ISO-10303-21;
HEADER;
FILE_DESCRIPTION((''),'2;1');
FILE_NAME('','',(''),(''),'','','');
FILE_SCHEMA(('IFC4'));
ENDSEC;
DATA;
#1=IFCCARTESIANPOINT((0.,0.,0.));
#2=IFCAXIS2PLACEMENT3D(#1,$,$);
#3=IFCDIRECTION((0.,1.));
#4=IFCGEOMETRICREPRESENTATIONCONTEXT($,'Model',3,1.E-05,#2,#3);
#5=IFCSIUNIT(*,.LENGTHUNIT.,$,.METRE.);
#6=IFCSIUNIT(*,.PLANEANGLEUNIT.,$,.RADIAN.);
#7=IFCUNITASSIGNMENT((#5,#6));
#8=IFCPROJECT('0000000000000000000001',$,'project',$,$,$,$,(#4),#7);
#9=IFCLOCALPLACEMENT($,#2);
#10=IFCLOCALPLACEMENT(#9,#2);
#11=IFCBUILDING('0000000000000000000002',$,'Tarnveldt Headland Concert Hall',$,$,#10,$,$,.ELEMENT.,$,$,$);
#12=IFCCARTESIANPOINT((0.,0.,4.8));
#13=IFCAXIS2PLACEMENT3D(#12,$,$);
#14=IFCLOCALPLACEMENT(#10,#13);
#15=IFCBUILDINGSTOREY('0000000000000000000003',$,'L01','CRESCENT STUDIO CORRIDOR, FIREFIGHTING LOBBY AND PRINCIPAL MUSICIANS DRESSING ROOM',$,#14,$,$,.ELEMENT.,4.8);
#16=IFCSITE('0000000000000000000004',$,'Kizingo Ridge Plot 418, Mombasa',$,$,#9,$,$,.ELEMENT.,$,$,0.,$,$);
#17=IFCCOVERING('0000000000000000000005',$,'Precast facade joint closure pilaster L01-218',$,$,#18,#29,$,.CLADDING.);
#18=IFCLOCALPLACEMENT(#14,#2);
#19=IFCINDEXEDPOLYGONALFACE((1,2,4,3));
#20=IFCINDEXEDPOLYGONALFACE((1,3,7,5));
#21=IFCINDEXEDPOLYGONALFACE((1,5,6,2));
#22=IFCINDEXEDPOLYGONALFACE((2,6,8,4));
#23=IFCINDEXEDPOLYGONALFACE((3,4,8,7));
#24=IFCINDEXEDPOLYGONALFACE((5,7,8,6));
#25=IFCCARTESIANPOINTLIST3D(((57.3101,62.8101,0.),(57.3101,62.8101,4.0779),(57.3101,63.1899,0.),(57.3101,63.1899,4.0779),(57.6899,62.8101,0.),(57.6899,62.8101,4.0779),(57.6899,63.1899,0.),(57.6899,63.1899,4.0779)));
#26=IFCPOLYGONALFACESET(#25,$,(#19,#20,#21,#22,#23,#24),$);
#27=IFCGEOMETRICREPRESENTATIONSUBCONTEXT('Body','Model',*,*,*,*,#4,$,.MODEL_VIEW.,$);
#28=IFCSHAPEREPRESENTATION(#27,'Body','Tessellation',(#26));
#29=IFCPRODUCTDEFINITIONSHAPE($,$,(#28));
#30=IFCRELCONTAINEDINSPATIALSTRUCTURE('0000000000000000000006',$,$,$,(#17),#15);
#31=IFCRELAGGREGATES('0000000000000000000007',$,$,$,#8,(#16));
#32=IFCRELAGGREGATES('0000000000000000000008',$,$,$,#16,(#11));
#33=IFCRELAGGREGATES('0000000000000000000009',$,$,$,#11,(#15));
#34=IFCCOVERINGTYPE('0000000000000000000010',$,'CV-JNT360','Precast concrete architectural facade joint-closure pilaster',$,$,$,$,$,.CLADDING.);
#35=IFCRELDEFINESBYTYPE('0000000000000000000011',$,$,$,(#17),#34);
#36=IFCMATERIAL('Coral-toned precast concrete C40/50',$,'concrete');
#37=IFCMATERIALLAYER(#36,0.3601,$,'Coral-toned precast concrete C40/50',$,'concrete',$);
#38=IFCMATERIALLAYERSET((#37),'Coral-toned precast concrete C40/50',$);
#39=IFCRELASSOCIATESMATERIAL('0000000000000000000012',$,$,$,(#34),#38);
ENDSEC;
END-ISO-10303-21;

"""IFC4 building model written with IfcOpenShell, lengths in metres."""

from ifc_helpers import new_model, si_unit, direction, frame, origin, origin_2d, place, context, subcontext, project, spatial, rectangle, extrude, material, layer, layer_set, type_object, element, save


model = new_model("IFC4")

# Units and contexts
model_context = context("Model", 3, precision=1e-05, world=origin(), true_north=direction((0.0, 1.0)))
body_context = subcontext(model_context, "Body", "Model", "MODEL_VIEW")
ifc_project = project(units=[si_unit("LENGTHUNIT", "METRE"), si_unit("PLANEANGLEUNIT", "RADIAN")], contexts=[model_context])

# Site, building, storey
site_placement = place(None, origin())
site = spatial("IfcSite", under=ifc_project, at=site_placement, Name="Kizingo Ridge Plot 418, Mombasa", CompositionType="ELEMENT", RefElevation=0.0)
building_placement = place(site_placement, origin())
building = spatial("IfcBuilding", under=site, at=building_placement, Name="Tarnveldt Headland Concert Hall", CompositionType="ELEMENT")
storey_placement = place(building_placement, frame((0.0, 0.0, 4.8)))
storey = spatial("IfcBuildingStorey", under=building, at=storey_placement, Name="L01", Description="CRESCENT STUDIO CORRIDOR, FIREFIGHTING LOBBY AND PRINCIPAL MUSICIANS DRESSING ROOM", CompositionType="ELEMENT", Elevation=4.8)

# Covering
ifc_material_1 = material(Name="Coral-toned precast concrete C40/50", Category="concrete")
ifc_layer_1 = layer(ifc_material_1, 0.3601, Name="Coral-toned precast concrete C40/50", Category="concrete")
ifc_layer_set_1 = layer_set([ifc_layer_1], Name="Coral-toned precast concrete C40/50")
covering_type = type_object("IfcCoveringType", Name="CV-JNT360", Description="Precast concrete architectural facade joint-closure pilaster", PredefinedType="CLADDING", material=ifc_layer_set_1)
covering_placement = place(storey_placement, frame((57.5, 63.0, 0.0), z_axis=(0.0, 0.0, 1.0), x_axis=(0.0, -1.0, 0.0)))
element("IfcCovering", 1, at=covering_placement, inside=storey, type_object=covering_type, Name="Precast facade joint closure pilaster L01-218", PredefinedType="CLADDING", context=body_context, shape_type="SweptSolid", body=[
    extrude(rectangle(XDim=0.3799, YDim=0.3799, at=origin_2d()), origin(), (0.0, 0.0, 1.0), 4.0779),
])

save(model, "model.ifc")
